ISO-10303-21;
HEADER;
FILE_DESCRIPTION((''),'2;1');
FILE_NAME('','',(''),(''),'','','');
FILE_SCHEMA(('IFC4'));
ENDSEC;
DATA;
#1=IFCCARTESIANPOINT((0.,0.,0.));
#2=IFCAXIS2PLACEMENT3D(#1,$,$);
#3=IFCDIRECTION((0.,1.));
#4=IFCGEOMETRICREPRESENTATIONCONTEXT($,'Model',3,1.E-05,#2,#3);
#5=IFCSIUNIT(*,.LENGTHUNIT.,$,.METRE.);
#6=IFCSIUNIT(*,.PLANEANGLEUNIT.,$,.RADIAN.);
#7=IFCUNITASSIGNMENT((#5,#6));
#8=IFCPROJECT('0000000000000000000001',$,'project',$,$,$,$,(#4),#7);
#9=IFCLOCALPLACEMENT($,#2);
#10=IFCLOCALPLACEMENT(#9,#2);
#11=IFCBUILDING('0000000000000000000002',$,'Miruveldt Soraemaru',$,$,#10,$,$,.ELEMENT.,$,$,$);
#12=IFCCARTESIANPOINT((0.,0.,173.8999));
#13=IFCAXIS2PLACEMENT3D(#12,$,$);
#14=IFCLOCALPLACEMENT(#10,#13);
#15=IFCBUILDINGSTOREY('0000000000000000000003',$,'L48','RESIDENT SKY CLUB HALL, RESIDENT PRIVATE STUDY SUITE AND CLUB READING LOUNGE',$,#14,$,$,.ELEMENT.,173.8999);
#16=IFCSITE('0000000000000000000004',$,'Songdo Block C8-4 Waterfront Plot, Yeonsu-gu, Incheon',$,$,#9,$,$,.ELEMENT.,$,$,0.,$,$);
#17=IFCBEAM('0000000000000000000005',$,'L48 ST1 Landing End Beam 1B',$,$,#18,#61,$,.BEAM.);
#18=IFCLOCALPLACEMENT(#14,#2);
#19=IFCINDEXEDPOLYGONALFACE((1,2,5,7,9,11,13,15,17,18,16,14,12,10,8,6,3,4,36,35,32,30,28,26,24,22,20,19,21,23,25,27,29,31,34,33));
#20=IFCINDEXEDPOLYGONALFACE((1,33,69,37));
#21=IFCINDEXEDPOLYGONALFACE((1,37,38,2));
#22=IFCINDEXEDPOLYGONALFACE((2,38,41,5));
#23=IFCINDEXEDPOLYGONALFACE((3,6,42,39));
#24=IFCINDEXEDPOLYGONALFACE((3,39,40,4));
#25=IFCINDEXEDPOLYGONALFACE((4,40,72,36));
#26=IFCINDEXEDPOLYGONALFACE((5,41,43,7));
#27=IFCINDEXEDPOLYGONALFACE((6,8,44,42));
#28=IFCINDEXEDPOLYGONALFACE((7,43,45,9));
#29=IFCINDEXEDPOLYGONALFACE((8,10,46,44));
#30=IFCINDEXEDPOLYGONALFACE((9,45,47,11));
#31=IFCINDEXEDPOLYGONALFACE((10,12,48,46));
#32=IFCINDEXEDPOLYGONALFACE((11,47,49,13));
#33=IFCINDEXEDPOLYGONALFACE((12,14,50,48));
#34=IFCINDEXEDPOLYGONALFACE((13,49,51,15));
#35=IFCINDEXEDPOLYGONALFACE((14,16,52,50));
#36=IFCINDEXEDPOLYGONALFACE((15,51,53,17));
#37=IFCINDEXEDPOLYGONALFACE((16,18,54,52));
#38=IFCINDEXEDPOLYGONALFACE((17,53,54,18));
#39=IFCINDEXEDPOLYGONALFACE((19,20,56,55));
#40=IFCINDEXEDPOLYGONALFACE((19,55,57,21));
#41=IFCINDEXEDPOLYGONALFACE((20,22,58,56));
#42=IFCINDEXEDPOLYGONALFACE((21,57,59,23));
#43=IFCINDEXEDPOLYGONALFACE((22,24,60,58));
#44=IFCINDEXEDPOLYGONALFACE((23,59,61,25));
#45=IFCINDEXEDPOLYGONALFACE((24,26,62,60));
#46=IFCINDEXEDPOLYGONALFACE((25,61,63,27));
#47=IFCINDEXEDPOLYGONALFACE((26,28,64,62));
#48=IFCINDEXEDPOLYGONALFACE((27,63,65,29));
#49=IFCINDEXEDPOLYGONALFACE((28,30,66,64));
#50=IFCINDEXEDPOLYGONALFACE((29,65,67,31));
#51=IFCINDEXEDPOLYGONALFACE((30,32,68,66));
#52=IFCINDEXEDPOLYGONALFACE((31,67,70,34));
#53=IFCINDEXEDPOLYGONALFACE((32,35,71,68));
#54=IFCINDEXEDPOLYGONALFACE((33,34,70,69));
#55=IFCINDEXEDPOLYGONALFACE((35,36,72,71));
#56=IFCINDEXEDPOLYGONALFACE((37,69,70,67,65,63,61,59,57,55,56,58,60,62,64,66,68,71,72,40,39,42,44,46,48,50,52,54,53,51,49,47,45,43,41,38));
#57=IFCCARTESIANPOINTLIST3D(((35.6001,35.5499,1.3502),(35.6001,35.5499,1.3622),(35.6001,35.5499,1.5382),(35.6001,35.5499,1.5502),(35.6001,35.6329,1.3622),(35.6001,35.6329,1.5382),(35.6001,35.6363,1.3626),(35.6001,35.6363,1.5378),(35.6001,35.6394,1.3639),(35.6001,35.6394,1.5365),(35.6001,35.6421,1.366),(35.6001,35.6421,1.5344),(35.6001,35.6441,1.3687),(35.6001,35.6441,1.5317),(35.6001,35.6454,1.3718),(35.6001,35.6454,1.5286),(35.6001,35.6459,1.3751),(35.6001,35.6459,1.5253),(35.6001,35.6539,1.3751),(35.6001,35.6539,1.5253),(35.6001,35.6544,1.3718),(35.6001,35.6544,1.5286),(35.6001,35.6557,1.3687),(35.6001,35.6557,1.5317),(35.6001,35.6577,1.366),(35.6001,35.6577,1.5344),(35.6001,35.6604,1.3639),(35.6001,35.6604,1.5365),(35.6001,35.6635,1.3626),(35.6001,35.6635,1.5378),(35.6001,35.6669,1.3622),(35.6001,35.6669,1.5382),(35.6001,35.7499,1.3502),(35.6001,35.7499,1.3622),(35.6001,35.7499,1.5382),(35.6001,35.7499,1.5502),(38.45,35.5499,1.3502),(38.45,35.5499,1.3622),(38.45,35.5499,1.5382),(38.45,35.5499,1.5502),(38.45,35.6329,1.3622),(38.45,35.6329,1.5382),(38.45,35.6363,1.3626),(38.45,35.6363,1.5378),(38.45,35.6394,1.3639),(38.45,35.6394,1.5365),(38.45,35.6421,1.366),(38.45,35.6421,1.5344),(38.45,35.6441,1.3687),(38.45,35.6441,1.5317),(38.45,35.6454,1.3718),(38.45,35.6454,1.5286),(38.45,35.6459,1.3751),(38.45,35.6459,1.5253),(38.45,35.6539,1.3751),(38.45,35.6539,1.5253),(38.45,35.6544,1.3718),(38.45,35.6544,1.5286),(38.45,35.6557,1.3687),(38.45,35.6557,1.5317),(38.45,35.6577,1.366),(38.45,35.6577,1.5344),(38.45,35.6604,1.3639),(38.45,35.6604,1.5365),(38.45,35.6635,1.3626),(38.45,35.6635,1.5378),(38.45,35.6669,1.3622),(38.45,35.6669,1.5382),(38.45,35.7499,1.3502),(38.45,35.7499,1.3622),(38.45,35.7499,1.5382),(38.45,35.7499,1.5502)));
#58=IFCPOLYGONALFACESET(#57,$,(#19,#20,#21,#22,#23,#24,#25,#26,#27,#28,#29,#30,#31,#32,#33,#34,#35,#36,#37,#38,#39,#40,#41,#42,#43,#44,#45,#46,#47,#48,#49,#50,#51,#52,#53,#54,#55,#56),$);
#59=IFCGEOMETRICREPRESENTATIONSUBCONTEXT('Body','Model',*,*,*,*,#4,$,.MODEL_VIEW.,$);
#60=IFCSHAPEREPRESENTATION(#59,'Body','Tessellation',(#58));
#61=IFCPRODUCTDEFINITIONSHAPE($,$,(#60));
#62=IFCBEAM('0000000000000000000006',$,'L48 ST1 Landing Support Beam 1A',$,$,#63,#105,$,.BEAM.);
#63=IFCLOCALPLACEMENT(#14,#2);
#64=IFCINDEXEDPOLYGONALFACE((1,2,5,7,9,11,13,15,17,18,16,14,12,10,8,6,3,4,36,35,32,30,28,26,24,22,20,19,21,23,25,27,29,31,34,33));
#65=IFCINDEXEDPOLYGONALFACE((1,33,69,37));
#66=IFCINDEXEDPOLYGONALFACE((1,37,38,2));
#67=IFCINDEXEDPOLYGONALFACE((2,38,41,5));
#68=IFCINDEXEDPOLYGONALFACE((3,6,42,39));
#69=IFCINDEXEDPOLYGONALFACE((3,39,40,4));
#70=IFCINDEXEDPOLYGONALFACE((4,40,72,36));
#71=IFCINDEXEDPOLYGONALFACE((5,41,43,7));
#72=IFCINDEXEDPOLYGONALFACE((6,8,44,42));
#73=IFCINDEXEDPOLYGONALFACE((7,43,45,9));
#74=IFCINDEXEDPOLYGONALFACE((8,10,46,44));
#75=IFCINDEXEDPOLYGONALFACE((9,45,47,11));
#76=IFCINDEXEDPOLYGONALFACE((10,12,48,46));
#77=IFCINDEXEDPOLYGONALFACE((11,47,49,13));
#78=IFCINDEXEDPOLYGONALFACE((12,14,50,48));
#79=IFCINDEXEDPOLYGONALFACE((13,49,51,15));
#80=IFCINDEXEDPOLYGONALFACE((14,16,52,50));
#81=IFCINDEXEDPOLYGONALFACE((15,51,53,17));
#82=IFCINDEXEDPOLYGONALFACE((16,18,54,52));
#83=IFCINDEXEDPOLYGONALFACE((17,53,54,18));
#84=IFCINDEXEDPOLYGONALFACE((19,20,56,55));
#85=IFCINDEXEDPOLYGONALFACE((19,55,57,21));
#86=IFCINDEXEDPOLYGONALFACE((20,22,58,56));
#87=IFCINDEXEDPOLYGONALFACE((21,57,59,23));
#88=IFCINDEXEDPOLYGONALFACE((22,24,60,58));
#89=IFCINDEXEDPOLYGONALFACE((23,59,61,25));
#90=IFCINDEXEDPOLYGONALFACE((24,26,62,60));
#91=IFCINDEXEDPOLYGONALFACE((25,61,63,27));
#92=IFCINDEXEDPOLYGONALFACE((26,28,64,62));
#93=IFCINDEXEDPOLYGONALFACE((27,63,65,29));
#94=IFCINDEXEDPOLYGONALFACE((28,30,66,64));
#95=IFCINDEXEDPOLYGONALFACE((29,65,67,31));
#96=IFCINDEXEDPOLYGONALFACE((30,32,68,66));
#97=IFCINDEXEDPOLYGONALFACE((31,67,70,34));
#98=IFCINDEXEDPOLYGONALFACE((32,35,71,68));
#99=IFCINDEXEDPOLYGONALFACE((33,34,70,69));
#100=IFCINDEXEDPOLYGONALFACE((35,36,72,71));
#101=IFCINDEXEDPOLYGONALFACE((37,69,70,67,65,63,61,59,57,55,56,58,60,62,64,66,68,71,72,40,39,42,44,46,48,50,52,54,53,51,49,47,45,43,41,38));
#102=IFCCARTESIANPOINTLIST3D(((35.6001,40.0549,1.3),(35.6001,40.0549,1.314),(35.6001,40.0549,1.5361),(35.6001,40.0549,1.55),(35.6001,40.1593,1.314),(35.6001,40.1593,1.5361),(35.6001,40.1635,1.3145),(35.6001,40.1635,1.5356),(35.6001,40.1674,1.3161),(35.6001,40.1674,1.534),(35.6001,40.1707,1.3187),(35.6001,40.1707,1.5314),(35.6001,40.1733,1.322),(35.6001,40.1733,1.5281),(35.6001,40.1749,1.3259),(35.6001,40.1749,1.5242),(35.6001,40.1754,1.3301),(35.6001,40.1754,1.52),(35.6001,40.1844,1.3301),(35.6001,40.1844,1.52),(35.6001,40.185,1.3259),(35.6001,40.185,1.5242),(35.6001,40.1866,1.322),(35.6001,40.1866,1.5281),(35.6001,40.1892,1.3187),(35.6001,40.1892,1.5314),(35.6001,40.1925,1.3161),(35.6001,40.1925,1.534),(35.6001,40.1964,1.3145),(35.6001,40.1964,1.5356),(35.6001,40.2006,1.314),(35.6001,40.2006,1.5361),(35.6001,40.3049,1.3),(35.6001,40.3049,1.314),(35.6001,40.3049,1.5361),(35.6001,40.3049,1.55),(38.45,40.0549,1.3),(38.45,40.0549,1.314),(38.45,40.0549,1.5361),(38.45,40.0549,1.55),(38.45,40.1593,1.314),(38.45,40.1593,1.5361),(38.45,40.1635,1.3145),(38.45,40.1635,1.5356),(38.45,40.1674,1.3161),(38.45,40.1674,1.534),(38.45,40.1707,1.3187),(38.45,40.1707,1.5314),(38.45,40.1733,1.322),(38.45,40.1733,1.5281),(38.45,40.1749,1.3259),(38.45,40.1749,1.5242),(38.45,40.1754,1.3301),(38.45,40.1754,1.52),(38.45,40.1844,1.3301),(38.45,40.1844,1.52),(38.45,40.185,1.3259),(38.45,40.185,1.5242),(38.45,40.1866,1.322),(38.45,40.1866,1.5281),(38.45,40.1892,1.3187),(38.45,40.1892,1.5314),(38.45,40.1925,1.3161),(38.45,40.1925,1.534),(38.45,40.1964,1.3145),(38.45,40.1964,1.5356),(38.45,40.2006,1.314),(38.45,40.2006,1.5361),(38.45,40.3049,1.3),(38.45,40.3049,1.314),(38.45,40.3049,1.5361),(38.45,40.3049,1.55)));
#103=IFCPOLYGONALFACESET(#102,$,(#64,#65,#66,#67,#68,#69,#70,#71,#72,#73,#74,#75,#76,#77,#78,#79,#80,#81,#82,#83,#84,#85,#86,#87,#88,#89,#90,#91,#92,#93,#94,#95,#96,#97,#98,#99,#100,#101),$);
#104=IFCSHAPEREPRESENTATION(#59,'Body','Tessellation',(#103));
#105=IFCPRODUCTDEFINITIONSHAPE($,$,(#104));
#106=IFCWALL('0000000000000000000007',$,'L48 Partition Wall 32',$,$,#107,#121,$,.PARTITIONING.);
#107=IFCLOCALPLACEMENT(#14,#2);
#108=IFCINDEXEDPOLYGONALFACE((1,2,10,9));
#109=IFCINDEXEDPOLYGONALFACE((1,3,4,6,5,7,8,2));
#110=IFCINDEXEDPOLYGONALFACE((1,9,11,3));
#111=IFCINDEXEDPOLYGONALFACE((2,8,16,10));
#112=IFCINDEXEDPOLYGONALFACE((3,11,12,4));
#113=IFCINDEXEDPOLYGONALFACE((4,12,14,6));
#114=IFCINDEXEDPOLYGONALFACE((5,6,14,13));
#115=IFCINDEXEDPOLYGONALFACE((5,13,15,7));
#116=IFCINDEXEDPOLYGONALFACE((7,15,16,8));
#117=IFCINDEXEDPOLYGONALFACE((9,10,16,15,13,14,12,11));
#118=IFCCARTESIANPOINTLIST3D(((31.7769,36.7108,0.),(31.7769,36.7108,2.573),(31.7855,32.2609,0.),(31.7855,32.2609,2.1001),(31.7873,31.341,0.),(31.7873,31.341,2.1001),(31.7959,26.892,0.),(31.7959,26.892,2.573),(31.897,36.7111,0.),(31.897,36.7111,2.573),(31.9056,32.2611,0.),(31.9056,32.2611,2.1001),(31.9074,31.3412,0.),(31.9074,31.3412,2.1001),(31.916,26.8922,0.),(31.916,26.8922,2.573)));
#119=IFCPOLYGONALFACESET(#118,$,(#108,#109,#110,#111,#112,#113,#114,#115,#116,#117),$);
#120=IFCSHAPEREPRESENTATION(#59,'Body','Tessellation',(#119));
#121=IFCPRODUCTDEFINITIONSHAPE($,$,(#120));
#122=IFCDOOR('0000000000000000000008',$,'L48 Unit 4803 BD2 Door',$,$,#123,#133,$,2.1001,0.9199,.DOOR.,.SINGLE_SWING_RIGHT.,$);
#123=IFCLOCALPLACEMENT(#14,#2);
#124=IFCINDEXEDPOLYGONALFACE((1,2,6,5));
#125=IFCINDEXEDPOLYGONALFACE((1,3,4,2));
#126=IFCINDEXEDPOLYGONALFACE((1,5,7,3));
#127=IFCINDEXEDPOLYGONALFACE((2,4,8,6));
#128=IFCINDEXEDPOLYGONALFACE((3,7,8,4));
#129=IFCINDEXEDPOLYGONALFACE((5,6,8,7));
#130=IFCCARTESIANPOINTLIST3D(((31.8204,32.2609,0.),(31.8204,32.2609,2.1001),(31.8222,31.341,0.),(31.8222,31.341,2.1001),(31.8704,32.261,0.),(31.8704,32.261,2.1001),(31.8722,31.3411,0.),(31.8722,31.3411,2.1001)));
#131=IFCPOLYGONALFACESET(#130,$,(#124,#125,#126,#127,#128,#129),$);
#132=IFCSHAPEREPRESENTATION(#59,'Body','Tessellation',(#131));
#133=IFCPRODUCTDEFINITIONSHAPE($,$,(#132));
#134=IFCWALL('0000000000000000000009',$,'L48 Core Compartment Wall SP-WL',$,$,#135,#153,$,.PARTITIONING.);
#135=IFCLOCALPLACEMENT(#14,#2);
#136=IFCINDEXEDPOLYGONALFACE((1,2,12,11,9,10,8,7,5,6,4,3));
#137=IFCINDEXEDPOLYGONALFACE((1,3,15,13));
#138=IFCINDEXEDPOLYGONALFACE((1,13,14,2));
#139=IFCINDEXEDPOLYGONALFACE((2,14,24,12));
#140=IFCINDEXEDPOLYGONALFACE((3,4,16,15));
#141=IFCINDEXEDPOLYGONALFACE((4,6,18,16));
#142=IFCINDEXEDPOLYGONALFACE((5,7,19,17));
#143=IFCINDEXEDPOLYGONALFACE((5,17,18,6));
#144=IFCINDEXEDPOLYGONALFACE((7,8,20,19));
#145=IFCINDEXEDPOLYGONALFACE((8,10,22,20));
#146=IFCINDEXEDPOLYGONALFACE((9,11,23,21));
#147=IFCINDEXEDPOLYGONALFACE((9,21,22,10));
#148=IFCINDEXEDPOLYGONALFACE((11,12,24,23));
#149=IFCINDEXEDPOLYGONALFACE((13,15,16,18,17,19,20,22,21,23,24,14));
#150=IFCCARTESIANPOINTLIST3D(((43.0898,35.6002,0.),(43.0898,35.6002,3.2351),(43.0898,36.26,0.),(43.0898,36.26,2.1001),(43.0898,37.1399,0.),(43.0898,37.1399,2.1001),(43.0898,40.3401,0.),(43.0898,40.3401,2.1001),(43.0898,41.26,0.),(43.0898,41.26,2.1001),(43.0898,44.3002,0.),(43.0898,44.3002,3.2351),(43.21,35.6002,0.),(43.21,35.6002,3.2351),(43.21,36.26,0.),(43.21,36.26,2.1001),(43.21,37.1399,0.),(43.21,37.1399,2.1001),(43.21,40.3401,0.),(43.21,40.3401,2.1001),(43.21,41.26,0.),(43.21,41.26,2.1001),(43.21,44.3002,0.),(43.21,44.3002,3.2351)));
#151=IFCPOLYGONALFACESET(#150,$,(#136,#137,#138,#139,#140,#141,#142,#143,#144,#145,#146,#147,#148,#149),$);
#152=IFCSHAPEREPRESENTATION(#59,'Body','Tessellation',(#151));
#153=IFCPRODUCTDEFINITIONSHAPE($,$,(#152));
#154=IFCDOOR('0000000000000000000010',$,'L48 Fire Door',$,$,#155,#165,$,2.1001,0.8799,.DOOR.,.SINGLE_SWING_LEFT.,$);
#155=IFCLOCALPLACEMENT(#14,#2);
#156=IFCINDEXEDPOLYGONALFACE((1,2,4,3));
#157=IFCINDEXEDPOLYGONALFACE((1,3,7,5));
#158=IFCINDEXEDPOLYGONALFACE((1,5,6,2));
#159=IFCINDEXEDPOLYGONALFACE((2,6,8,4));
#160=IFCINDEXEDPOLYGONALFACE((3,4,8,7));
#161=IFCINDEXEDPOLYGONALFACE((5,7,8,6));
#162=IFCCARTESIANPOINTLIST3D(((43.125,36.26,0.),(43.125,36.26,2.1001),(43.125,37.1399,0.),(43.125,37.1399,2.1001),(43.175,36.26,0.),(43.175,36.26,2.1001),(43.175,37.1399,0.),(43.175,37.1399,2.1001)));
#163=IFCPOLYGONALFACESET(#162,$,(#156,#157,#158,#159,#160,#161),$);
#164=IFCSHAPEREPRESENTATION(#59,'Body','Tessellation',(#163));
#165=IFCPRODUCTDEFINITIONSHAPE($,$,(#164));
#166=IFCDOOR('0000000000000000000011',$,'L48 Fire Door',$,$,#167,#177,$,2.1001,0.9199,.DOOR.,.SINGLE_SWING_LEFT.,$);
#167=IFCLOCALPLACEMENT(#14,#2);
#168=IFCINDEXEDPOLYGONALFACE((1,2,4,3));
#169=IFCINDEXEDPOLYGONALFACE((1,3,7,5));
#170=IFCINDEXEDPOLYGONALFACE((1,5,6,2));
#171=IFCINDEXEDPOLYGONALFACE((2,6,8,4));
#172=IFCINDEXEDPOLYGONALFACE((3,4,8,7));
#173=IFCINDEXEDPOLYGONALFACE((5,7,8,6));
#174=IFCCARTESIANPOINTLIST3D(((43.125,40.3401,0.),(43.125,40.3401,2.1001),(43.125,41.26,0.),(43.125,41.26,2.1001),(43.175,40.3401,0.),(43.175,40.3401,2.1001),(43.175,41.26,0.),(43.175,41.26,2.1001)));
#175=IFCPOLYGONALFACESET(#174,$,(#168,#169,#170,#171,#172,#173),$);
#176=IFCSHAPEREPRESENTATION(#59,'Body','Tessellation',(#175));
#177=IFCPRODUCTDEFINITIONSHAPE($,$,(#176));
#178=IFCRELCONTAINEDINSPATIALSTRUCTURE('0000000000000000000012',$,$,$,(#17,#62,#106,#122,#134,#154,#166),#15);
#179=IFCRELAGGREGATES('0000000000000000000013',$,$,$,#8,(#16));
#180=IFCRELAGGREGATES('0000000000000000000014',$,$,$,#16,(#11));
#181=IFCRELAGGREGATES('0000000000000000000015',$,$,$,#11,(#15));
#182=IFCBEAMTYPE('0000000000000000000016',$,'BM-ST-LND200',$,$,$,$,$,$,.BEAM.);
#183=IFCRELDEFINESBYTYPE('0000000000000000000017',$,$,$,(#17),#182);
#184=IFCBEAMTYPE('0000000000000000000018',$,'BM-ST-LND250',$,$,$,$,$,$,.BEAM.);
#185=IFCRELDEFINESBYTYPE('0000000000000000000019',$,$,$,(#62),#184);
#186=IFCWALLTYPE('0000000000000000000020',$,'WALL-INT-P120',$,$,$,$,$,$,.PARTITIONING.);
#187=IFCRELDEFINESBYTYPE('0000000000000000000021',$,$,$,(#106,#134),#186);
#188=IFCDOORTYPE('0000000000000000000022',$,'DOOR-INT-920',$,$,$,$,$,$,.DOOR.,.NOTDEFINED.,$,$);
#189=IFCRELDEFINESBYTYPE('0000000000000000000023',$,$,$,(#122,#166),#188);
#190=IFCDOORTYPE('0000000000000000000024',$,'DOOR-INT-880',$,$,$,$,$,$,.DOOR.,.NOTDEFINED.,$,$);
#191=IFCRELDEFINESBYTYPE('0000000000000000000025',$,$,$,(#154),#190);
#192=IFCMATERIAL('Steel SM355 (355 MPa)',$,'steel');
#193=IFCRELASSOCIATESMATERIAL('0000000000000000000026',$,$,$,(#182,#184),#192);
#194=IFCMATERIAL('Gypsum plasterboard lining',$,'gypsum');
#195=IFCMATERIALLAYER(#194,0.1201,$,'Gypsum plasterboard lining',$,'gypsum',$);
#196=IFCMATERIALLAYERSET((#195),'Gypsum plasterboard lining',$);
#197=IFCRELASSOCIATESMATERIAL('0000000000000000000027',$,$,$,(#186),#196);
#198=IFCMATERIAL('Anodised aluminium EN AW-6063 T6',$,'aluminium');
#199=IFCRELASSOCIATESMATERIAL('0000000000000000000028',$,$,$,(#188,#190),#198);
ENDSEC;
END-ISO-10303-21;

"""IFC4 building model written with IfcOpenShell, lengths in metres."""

from ifc_helpers import new_model, si_unit, direction, frame, frame_2d, origin, origin_2d, place, context, subcontext, project, spatial, rectangle, i_section, extrude, material, layer, layer_set, material_profile, profile_set, type_object, element, fill, save


model = new_model("IFC4")

# Units and contexts
model_context = context("Model", 3, precision=1e-05, world=origin(), true_north=direction((0.0, 1.0)))
body_context = subcontext(model_context, "Body", "Model", "MODEL_VIEW")
ifc_project = project(units=[si_unit("LENGTHUNIT", "METRE"), si_unit("PLANEANGLEUNIT", "RADIAN")], contexts=[model_context])

# Site, building, storey
site_placement = place(None, origin())
site = spatial("IfcSite", under=ifc_project, at=site_placement, Name="Songdo Block C8-4 Waterfront Plot, Yeonsu-gu, Incheon", CompositionType="ELEMENT", RefElevation=0.0)
building_placement = place(site_placement, origin())
building = spatial("IfcBuilding", under=site, at=building_placement, Name="Miruveldt Soraemaru", CompositionType="ELEMENT")
storey_placement = place(building_placement, frame((0.0, 0.0, 173.8999)))
storey = spatial("IfcBuildingStorey", under=building, at=storey_placement, Name="L48", Description="RESIDENT SKY CLUB HALL, RESIDENT PRIVATE STUDY SUITE AND CLUB READING LOUNGE", CompositionType="ELEMENT", Elevation=173.8999)

# Beams
ifc_material_1 = material(Name="Steel SM355 (355 MPa)", Category="steel")
ifc_material_profile_1 = material_profile(ifc_material_1, i_section(OverallWidth=0.2, OverallDepth=0.2, WebThickness=0.0081, FlangeThickness=0.012, FilletRadius=0.0129, at=origin_2d()), Name="Steel SM355 (355 MPa)", Category="steel")
ifc_profile_set_1 = profile_set([ifc_material_profile_1], Name="Steel SM355 (355 MPa)")
beam_type_1 = type_object("IfcBeamType", Name="BM-ST-LND200", PredefinedType="BEAM", material=ifc_profile_set_1)
beam_1_placement = place(storey_placement, frame((35.6001, 35.6499, 1.4502), z_axis=(1.0, 0.0, 0.0), x_axis=(0.0, 1.0, 0.0)))
element("IfcBeam", 1, at=beam_1_placement, inside=storey, type_object=beam_type_1, Name="L48 ST1 Landing End Beam 1B", PredefinedType="BEAM", context=body_context, shape_type="SweptSolid", body=[
    extrude(i_section(OverallWidth=0.2, OverallDepth=0.2, WebThickness=0.0081, FlangeThickness=0.012, FilletRadius=0.0129, at=origin_2d()), origin(), (0.0, 0.0, 1.0), 2.8499),
])
ifc_material_profile_2 = material_profile(ifc_material_1, i_section(OverallWidth=0.25, OverallDepth=0.25, WebThickness=0.009, FlangeThickness=0.0139, FilletRadius=0.0161, at=origin_2d()), Name="Steel SM355 (355 MPa)", Category="steel")
ifc_profile_set_2 = profile_set([ifc_material_profile_2], Name="Steel SM355 (355 MPa)")
beam_type_2 = type_object("IfcBeamType", Name="BM-ST-LND250", PredefinedType="BEAM", material=ifc_profile_set_2)
beam_2_placement = place(storey_placement, frame((35.6001, 40.1799, 1.425), z_axis=(1.0, 0.0, 0.0), x_axis=(0.0, 1.0, 0.0)))
element("IfcBeam", 2, at=beam_2_placement, inside=storey, type_object=beam_type_2, Name="L48 ST1 Landing Support Beam 1A", PredefinedType="BEAM", context=body_context, shape_type="SweptSolid", body=[
    extrude(i_section(OverallWidth=0.25, OverallDepth=0.25, WebThickness=0.009, FlangeThickness=0.0139, FilletRadius=0.0161, at=origin_2d()), origin(), (0.0, 0.0, 1.0), 2.8499),
])

# Wall, opening, door
ifc_material_2 = material(Name="Gypsum plasterboard lining", Category="gypsum")
ifc_layer_1 = layer(ifc_material_2, 0.1201, Name="Gypsum plasterboard lining", Category="gypsum")
ifc_layer_set_1 = layer_set([ifc_layer_1], Name="Gypsum plasterboard lining")
wall_type_1 = type_object("IfcWallType", Name="WALL-INT-P120", PredefinedType="PARTITIONING", material=ifc_layer_set_1)
wall_1_placement = place(storey_placement, frame((31.8369, 36.7109, 0.0), z_axis=(0.0, 0.0, 1.0), x_axis=(0.001939, -0.999998, 0.0)))
wall_1 = element("IfcWall", 3, at=wall_1_placement, inside=storey, type_object=wall_type_1, Name="L48 Partition Wall 32", PredefinedType="PARTITIONING", context=body_context, shape_type="SweptSolid", body=[
    extrude(rectangle(XDim=9.8188, YDim=0.1201, at=frame_2d((4.9094, 0.0))), origin(), (0.0, 0.0, 1.0), 2.573),
])
opening_1_placement = place(wall_1_placement, frame((4.45, 0.0, 0.0)))
opening_1 = element("IfcOpeningElement", 4, at=opening_1_placement, cuts=wall_1, PredefinedType="OPENING", context=body_context, shape_type="SweptSolid", body=[
    extrude(rectangle(XDim=0.9199, YDim=2.1001, at=frame_2d((0.46, 1.05))), frame((0.0, 0.0701, 0.0), z_axis=(0.0, -1.0, 0.0), x_axis=(1.0, 0.0, 0.0)), (0.0, 0.0, 1.0), 0.1401),
])
ifc_material_3 = material(Name="Anodised aluminium EN AW-6063 T6", Category="aluminium")
door_type_1 = type_object("IfcDoorType", Name="DOOR-INT-920", OperationType="NOTDEFINED", PredefinedType="DOOR", material=ifc_material_3)
door_1_placement = place(opening_1_placement, origin())
door_1 = element("IfcDoor", 5, at=door_1_placement, inside=storey, type_object=door_type_1, Name="L48 Unit 4803 BD2 Door", OperationType="SINGLE_SWING_RIGHT", OverallHeight=2.1001, OverallWidth=0.9199, PredefinedType="DOOR", context=body_context, shape_type="SweptSolid", body=[
    extrude(rectangle(XDim=0.9199, YDim=2.1001, at=frame_2d((0.46, 1.05))), frame((0.0, 0.0249, 0.0), z_axis=(0.0, -1.0, 0.0), x_axis=(1.0, 0.0, 0.0)), (0.0, 0.0, 1.0), 0.05),
])
fill(opening_1, door_1)

# Wall, openings, doors
wall_2_placement = place(storey_placement, frame((43.1499, 35.6001, 0.0), z_axis=(0.0, 0.0, 1.0), x_axis=(0.0, 1.0, 0.0)))
wall_2 = element("IfcWall", 6, at=wall_2_placement, inside=storey, type_object=wall_type_1, Name="L48 Core Compartment Wall SP-WL", PredefinedType="PARTITIONING", context=body_context, shape_type="SweptSolid", body=[
    extrude(rectangle(XDim=8.7, YDim=0.1201, at=frame_2d((4.3501, 0.0))), origin(), (0.0, 0.0, 1.0), 3.2351),
])
opening_2_placement = place(wall_2_placement, frame((0.6599, 0.0, 0.0)))
opening_2 = element("IfcOpeningElement", 7, at=opening_2_placement, cuts=wall_2, PredefinedType="OPENING", context=body_context, shape_type="SweptSolid", body=[
    extrude(rectangle(XDim=0.8799, YDim=2.1001, at=frame_2d((0.4399, 1.05))), frame((0.0, 0.0701, 0.0), z_axis=(0.0, -1.0, 0.0), x_axis=(1.0, 0.0, 0.0)), (0.0, 0.0, 1.0), 0.1401),
])
opening_3_placement = place(wall_2_placement, frame((4.74, 0.0, 0.0)))
opening_3 = element("IfcOpeningElement", 8, at=opening_3_placement, cuts=wall_2, PredefinedType="OPENING", context=body_context, shape_type="SweptSolid", body=[
    extrude(rectangle(XDim=0.9199, YDim=2.1001, at=frame_2d((0.46, 1.05))), frame((0.0, 0.0701, 0.0), z_axis=(0.0, -1.0, 0.0), x_axis=(1.0, 0.0, 0.0)), (0.0, 0.0, 1.0), 0.1401),
])
door_type_2 = type_object("IfcDoorType", Name="DOOR-INT-880", OperationType="NOTDEFINED", PredefinedType="DOOR", material=ifc_material_3)
door_2_placement = place(opening_2_placement, origin())
door_2 = element("IfcDoor", 9, at=door_2_placement, inside=storey, type_object=door_type_2, Name="L48 Fire Door", OperationType="SINGLE_SWING_LEFT", OverallHeight=2.1001, OverallWidth=0.8799, PredefinedType="DOOR", context=body_context, shape_type="SweptSolid", body=[
    extrude(rectangle(XDim=0.8799, YDim=2.1001, at=frame_2d((0.4399, 1.05))), frame((0.0, 0.0249, 0.0), z_axis=(0.0, -1.0, 0.0), x_axis=(1.0, 0.0, 0.0)), (0.0, 0.0, 1.0), 0.05),
])
fill(opening_2, door_2)
door_3_placement = place(opening_3_placement, origin())
door_3 = element("IfcDoor", 10, at=door_3_placement, inside=storey, type_object=door_type_1, Name="L48 Fire Door", OperationType="SINGLE_SWING_LEFT", OverallHeight=2.1001, OverallWidth=0.9199, PredefinedType="DOOR", context=body_context, shape_type="SweptSolid", body=[
    extrude(rectangle(XDim=0.9199, YDim=2.1001, at=frame_2d((0.46, 1.05))), frame((0.0, 0.0249, 0.0), z_axis=(0.0, -1.0, 0.0), x_axis=(1.0, 0.0, 0.0)), (0.0, 0.0, 1.0), 0.05),
])
fill(opening_3, door_3)

save(model, "model.ifc")
